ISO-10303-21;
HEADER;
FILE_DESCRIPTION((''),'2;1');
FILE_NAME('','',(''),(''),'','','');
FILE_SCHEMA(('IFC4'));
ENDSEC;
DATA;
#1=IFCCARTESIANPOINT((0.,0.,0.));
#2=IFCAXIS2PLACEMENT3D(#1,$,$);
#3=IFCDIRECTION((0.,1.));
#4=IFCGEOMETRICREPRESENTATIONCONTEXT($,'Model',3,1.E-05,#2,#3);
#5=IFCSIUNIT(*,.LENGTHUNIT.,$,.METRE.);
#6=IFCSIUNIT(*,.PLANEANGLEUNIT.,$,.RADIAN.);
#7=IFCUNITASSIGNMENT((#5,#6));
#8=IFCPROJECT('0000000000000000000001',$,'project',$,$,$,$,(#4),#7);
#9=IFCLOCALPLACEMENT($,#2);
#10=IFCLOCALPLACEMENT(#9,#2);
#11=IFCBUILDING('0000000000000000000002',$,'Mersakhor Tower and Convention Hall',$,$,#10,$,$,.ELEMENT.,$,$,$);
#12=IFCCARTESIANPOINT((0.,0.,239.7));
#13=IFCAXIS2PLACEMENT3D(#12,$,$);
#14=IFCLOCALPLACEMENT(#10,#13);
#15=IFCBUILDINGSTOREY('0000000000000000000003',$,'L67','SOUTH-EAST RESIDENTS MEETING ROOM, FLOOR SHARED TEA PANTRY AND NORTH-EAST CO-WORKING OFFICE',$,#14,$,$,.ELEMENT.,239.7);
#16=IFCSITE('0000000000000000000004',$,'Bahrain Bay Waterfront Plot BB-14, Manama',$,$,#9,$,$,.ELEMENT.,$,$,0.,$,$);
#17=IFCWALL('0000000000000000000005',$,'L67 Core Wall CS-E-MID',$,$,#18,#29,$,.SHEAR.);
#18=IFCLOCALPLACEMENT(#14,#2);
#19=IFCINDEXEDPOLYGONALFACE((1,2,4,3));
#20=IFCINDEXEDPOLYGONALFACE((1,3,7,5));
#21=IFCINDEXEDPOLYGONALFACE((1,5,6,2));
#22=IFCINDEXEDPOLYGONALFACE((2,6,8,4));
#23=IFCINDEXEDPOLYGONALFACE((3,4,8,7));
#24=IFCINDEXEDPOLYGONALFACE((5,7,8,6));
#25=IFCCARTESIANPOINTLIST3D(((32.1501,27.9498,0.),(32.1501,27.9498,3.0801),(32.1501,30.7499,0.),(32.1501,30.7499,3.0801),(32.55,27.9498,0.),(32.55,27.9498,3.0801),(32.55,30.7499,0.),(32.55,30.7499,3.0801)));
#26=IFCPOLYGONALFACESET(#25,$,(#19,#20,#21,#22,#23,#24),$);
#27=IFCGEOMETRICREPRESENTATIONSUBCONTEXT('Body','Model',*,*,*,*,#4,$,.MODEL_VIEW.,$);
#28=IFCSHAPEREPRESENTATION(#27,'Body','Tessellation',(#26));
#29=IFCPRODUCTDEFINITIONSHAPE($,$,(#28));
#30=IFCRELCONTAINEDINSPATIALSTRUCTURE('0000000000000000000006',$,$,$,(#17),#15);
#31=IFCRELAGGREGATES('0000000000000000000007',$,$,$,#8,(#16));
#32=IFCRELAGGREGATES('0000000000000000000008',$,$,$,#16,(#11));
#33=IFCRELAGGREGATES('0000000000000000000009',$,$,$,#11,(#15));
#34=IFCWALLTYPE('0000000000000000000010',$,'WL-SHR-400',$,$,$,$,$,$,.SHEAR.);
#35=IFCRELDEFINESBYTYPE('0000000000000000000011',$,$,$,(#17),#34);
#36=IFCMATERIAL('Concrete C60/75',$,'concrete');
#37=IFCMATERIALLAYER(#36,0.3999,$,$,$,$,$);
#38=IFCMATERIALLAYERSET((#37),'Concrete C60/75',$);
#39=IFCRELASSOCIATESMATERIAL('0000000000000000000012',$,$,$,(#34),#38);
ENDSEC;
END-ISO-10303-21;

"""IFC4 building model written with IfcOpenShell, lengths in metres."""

from ifc_helpers import new_model, si_unit, direction, frame, frame_2d, origin, place, context, subcontext, project, spatial, rectangle, extrude, material, layer, layer_set, type_object, element, save


model = new_model("IFC4")

# Units and contexts
model_context = context("Model", 3, precision=1e-05, world=origin(), true_north=direction((0.0, 1.0)))
body_context = subcontext(model_context, "Body", "Model", "MODEL_VIEW")
ifc_project = project(units=[si_unit("LENGTHUNIT", "METRE"), si_unit("PLANEANGLEUNIT", "RADIAN")], contexts=[model_context])

# Site, building, storey
site_placement = place(None, origin())
site = spatial("IfcSite", under=ifc_project, at=site_placement, Name="Bahrain Bay Waterfront Plot BB-14, Manama", CompositionType="ELEMENT", RefElevation=0.0)
building_placement = place(site_placement, origin())
building = spatial("IfcBuilding", under=site, at=building_placement, Name="Mersakhor Tower and Convention Hall", CompositionType="ELEMENT")
storey_placement = place(building_placement, frame((0.0, 0.0, 239.7)))
storey = spatial("IfcBuildingStorey", under=building, at=storey_placement, Name="L67", Description="SOUTH-EAST RESIDENTS MEETING ROOM, FLOOR SHARED TEA PANTRY AND NORTH-EAST CO-WORKING OFFICE", CompositionType="ELEMENT", Elevation=239.7)

# Shared definitions
ifc_material_1 = material(Name="Concrete C60/75", Category="concrete")
ifc_layer_1 = layer(ifc_material_1, 0.3999)
ifc_layer_set_1 = layer_set([ifc_layer_1], Name="Concrete C60/75")
wall_type_1 = type_object("IfcWallType", Name="WL-SHR-400", PredefinedType="SHEAR", material=ifc_layer_set_1)

# Wall
wall_1_placement = place(storey_placement, frame((32.3501, 27.95, 0.0), z_axis=(0.0, 0.0, 1.0), x_axis=(0.0, 1.0, 0.0)))
element("IfcWall", 1, at=wall_1_placement, inside=storey, type_object=wall_type_1, Name="L67 Core Wall CS-E-MID", PredefinedType="SHEAR", context=body_context, shape_type="SweptSolid", body=[
    extrude(rectangle(XDim=2.8, YDim=0.3999, at=frame_2d((1.3999, 0.0))), origin(), (0.0, 0.0, 1.0), 3.0801),
])

save(model, "model.ifc")
